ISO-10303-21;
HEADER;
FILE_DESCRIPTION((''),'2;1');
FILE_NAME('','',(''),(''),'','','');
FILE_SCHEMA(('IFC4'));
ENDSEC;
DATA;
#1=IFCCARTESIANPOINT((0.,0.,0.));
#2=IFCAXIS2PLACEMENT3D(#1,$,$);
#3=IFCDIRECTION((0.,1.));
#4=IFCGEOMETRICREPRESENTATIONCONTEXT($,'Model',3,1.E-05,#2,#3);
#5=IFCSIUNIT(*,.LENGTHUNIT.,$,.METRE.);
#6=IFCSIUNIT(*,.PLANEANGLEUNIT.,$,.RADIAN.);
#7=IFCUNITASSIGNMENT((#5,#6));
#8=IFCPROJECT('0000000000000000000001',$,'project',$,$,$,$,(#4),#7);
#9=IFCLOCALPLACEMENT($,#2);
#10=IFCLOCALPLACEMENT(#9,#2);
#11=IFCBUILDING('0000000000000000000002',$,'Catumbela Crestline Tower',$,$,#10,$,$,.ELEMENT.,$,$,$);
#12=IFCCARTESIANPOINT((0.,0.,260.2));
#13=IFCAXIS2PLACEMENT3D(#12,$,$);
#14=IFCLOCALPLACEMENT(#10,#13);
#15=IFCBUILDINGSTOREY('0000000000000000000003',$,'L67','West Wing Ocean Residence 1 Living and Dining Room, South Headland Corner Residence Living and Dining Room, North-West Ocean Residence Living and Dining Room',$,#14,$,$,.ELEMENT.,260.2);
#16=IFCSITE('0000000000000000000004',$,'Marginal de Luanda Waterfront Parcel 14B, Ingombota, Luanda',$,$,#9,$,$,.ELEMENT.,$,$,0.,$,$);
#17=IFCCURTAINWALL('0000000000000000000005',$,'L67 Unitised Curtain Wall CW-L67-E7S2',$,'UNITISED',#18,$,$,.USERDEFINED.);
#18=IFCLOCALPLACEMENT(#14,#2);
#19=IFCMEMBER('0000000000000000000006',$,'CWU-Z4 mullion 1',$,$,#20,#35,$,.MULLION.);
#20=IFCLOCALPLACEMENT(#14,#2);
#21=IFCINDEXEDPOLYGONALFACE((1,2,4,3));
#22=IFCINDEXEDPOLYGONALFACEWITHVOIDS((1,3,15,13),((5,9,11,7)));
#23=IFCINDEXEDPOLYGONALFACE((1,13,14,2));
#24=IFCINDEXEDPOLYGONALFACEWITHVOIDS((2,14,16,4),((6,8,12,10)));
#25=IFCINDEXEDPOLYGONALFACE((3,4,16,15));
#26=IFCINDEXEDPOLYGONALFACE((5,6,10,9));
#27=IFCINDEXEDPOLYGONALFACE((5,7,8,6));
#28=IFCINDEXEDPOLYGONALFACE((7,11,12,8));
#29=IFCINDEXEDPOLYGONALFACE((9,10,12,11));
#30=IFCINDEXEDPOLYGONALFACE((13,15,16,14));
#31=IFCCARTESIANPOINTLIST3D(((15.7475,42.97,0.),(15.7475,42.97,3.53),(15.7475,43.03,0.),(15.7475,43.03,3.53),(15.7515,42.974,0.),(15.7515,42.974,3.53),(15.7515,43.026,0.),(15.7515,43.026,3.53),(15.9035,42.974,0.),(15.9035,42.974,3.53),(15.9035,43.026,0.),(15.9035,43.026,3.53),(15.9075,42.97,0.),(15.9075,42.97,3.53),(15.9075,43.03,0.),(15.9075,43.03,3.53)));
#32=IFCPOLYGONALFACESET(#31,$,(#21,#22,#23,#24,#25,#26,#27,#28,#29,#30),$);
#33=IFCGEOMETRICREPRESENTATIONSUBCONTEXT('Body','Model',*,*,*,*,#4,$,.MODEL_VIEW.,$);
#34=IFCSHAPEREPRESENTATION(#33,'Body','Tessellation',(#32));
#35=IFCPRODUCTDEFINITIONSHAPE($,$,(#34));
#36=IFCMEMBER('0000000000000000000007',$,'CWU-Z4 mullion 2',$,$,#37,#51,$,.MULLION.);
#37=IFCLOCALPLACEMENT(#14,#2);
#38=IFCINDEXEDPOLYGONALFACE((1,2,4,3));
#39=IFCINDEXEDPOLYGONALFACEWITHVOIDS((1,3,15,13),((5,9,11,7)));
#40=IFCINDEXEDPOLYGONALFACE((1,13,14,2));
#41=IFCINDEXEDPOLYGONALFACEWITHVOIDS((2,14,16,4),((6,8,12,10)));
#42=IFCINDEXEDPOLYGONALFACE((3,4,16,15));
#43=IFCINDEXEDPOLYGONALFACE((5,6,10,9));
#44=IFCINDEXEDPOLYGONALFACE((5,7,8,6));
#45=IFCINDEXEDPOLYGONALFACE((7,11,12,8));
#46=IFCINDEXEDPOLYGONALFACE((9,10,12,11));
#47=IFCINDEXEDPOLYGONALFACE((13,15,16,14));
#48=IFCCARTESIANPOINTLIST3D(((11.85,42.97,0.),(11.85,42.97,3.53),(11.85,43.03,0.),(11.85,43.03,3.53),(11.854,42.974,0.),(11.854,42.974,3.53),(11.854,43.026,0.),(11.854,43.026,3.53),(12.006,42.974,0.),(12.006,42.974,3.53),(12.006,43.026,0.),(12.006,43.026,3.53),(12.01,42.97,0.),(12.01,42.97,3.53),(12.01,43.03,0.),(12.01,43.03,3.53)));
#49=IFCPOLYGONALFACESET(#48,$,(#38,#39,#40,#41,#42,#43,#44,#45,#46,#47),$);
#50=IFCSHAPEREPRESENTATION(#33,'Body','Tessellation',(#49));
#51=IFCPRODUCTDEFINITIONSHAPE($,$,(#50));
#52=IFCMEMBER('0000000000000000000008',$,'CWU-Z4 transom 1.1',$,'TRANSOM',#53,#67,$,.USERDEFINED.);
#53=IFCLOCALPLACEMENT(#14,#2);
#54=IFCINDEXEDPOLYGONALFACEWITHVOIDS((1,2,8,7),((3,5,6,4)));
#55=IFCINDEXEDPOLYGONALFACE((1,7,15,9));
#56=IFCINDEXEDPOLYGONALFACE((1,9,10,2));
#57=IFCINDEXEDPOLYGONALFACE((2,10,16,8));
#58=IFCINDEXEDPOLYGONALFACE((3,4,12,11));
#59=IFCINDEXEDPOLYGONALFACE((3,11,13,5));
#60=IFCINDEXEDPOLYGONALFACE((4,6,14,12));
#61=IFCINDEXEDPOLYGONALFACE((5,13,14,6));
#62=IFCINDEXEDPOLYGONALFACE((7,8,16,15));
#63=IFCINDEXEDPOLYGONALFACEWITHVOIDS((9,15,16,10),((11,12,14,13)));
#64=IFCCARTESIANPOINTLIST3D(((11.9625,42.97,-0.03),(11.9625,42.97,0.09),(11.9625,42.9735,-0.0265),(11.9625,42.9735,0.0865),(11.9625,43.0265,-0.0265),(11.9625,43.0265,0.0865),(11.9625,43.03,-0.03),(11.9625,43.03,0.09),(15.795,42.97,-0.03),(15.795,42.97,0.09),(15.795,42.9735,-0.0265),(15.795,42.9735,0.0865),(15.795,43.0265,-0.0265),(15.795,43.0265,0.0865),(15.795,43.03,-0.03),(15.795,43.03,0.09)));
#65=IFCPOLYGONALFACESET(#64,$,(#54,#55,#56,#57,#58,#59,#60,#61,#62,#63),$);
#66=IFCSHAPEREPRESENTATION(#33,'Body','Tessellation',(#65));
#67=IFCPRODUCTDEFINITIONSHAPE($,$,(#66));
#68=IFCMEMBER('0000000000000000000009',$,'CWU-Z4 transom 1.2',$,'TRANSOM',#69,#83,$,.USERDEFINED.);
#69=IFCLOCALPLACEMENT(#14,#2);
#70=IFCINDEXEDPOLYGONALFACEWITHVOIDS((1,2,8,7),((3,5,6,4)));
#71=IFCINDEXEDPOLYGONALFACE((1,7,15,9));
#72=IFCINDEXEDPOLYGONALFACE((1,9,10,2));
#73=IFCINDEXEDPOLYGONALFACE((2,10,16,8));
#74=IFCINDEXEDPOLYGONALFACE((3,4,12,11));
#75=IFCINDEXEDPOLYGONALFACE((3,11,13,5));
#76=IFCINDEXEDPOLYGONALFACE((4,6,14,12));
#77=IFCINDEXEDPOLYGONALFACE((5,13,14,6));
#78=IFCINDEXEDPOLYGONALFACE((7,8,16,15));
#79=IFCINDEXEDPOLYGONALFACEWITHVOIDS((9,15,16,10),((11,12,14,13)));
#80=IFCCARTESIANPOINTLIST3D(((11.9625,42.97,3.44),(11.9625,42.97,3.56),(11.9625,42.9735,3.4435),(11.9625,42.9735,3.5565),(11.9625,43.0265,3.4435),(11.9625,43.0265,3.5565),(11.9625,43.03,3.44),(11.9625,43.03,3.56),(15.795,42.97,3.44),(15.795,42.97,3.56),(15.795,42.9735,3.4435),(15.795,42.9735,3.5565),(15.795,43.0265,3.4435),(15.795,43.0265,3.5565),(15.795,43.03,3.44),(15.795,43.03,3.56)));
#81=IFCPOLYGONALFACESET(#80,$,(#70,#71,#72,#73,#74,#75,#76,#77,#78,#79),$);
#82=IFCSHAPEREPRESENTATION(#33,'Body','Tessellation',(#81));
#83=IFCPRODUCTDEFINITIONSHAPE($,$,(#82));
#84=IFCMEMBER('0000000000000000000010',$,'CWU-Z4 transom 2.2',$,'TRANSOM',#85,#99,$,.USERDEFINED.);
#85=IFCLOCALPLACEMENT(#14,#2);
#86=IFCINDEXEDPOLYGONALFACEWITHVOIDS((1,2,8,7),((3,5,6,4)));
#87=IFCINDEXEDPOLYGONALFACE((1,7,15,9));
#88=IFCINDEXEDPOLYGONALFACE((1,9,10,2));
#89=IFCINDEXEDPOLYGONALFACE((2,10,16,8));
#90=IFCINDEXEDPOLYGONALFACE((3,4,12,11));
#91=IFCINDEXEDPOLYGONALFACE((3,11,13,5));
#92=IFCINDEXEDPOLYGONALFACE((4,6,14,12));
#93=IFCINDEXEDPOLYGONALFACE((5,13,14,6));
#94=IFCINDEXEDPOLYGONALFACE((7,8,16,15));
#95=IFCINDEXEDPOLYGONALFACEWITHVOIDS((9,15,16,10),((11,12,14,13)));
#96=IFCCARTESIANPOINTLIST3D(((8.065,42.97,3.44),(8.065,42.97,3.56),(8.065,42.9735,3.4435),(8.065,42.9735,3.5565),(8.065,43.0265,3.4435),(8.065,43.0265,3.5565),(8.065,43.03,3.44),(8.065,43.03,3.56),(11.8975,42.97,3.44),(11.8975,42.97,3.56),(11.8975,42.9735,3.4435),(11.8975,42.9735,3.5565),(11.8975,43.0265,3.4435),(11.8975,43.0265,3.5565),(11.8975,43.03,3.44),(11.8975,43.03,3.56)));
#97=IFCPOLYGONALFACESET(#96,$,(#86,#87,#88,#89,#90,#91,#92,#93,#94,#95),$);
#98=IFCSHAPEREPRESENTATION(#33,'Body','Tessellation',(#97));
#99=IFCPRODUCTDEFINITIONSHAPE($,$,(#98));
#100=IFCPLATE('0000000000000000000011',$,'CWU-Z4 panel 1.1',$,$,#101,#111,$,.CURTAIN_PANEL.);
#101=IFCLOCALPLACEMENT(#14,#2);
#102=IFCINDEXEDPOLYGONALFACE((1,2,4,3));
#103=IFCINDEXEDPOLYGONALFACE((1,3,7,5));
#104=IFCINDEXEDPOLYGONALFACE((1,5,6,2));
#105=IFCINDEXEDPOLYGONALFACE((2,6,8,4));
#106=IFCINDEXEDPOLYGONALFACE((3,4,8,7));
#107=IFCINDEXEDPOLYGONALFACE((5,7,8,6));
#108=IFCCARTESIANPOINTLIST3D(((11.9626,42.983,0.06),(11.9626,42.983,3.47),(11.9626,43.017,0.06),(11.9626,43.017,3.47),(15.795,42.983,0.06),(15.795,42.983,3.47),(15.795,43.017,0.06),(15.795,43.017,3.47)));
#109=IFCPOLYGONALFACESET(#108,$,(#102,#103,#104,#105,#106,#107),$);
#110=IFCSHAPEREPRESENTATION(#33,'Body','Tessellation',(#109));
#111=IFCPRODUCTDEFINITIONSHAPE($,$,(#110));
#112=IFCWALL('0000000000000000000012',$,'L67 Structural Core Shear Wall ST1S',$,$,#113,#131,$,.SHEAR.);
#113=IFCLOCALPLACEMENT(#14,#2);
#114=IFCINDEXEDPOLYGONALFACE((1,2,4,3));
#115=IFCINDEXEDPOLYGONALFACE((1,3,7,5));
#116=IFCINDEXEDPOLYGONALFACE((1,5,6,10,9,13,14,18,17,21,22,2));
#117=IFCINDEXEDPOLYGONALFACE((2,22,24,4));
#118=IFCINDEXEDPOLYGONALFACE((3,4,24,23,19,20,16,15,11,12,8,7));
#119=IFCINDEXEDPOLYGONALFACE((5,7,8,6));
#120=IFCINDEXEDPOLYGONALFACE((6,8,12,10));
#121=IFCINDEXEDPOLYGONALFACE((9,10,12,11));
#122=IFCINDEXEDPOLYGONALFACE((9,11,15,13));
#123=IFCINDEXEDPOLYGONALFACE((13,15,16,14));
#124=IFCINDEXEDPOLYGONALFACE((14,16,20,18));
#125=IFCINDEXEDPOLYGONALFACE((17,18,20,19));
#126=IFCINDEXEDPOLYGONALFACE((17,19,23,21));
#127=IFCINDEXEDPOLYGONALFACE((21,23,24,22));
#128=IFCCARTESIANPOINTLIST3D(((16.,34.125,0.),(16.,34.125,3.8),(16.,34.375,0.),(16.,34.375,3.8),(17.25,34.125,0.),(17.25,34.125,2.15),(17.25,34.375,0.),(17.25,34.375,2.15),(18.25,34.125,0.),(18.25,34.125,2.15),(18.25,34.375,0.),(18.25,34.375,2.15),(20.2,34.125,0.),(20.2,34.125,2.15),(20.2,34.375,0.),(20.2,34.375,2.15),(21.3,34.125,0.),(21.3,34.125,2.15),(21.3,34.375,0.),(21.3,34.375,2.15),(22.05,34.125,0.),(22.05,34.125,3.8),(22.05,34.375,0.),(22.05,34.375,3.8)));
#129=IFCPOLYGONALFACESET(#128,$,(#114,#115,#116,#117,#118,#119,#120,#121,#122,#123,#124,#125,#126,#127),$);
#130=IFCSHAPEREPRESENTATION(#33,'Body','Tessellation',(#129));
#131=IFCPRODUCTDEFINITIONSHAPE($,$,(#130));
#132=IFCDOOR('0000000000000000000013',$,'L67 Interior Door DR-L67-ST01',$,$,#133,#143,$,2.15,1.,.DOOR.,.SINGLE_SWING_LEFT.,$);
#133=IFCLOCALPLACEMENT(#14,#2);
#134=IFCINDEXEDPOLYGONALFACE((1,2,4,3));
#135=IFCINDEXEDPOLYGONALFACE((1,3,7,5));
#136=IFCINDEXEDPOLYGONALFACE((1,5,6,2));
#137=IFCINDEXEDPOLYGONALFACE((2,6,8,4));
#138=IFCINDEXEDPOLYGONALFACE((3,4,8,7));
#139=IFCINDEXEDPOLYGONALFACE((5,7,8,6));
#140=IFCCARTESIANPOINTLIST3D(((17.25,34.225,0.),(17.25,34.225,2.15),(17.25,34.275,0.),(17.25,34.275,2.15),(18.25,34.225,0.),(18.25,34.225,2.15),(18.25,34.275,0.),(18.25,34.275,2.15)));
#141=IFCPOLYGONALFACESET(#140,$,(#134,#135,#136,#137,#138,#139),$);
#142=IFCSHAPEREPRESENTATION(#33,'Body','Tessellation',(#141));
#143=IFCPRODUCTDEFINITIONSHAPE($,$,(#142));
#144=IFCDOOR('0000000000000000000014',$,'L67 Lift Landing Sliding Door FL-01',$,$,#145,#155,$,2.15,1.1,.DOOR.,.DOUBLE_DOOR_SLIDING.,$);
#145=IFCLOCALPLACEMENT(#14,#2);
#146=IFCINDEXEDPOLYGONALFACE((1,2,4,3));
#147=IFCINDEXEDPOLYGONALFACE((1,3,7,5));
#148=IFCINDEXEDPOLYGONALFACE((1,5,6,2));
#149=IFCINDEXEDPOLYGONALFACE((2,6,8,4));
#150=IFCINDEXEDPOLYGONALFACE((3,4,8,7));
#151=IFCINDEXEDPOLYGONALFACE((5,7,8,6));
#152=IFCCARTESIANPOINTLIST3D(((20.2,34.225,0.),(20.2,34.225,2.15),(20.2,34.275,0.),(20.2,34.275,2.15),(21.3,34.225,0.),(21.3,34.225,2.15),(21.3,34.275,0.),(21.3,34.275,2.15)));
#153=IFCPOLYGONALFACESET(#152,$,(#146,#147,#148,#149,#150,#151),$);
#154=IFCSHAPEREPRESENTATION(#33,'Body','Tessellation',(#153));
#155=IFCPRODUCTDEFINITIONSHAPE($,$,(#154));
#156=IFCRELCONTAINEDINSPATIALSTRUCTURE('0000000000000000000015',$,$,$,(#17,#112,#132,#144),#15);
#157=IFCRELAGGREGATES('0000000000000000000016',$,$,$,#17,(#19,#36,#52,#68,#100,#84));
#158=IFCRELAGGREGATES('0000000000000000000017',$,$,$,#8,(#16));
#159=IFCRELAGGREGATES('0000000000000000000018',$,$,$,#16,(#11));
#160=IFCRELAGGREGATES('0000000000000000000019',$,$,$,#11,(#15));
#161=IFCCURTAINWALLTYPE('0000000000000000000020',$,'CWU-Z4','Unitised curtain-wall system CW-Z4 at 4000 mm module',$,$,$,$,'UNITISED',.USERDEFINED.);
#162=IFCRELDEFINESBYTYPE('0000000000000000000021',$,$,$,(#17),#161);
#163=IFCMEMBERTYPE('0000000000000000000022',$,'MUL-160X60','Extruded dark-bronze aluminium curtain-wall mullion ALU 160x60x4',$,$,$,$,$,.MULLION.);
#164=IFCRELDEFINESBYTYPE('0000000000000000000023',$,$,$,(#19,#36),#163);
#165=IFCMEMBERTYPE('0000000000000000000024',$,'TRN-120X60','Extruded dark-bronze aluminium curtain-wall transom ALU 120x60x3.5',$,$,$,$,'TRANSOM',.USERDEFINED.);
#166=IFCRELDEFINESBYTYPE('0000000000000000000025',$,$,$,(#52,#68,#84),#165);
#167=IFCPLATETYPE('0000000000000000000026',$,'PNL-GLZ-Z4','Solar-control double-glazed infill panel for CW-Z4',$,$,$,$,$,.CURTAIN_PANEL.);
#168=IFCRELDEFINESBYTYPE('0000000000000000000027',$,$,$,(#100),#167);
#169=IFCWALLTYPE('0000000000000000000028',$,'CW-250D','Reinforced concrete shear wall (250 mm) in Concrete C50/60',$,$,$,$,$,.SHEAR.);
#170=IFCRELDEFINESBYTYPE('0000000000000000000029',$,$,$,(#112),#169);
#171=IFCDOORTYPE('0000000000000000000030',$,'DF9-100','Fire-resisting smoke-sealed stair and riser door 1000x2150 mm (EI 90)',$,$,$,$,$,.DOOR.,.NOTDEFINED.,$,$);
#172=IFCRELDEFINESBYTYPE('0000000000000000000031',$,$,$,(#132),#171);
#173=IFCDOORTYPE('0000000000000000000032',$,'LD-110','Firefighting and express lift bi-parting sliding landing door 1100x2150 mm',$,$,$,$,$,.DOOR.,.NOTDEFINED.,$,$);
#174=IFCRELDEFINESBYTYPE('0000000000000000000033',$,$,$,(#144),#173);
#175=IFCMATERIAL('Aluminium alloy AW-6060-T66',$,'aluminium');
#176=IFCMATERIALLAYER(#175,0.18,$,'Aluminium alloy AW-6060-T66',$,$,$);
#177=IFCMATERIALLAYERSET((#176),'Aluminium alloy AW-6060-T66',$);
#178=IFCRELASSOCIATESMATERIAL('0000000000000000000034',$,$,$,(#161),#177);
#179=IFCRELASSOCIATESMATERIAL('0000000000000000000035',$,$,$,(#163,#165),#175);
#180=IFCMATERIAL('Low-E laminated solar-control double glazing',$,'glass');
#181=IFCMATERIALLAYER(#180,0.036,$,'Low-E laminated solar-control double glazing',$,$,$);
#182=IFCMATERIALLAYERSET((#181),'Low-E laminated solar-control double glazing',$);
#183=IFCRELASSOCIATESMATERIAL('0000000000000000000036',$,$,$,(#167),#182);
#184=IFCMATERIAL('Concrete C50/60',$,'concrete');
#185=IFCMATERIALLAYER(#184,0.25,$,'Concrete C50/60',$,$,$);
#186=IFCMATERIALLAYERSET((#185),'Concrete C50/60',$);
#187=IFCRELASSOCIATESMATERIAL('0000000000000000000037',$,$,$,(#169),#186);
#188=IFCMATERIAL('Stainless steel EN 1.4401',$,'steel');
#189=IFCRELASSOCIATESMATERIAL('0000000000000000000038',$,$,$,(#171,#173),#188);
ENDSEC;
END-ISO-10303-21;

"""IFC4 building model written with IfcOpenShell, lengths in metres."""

from ifc_helpers import new_model, si_unit, direction, frame, frame_2d, origin, origin_2d, place, context, subcontext, project, spatial, rectangle, hollow_rectangle, extrude, material, layer, layer_set, material_profile, profile_set, type_object, element, fill, aggregate, save


model = new_model("IFC4")

# Units and contexts
model_context = context("Model", 3, precision=1e-05, world=origin(), true_north=direction((0.0, 1.0)))
body_context = subcontext(model_context, "Body", "Model", "MODEL_VIEW")
ifc_project = project(units=[si_unit("LENGTHUNIT", "METRE"), si_unit("PLANEANGLEUNIT", "RADIAN")], contexts=[model_context])

# Site, building, storey
site_placement = place(None, origin())
site = spatial("IfcSite", under=ifc_project, at=site_placement, Name="Marginal de Luanda Waterfront Parcel 14B, Ingombota, Luanda", CompositionType="ELEMENT", RefElevation=0.0)
building_placement = place(site_placement, origin())
building = spatial("IfcBuilding", under=site, at=building_placement, Name="Catumbela Crestline Tower", CompositionType="ELEMENT")
storey_placement = place(building_placement, frame((0.0, 0.0, 260.2)))
storey = spatial("IfcBuildingStorey", under=building, at=storey_placement, Name="L67", Description="West Wing Ocean Residence 1 Living and Dining Room, South Headland Corner Residence Living and Dining Room, North-West Ocean Residence Living and Dining Room", CompositionType="ELEMENT", Elevation=260.2)

# Curtain wall, members, plate
ifc_material_1 = material(Name="Aluminium alloy AW-6060-T66", Category="aluminium")
ifc_layer_1 = layer(ifc_material_1, 0.18, Name="Aluminium alloy AW-6060-T66")
ifc_layer_set_1 = layer_set([ifc_layer_1], Name="Aluminium alloy AW-6060-T66")
curtain_wall_type = type_object("IfcCurtainWallType", Name="CWU-Z4", Description="Unitised curtain-wall system CW-Z4 at 4000 mm module", ElementType="UNITISED", PredefinedType="USERDEFINED", material=ifc_layer_set_1)
curtain_wall_placement = place(storey_placement, origin())
curtain_wall = element("IfcCurtainWall", 1, at=curtain_wall_placement, inside=storey, type_object=curtain_wall_type, Name="L67 Unitised Curtain Wall CW-L67-E7S2", ObjectType="UNITISED", PredefinedType="USERDEFINED")
ifc_material_profile_1 = material_profile(ifc_material_1, hollow_rectangle(XDim=0.06, YDim=0.16, WallThickness=0.004, at=origin_2d()), Name="ALU 160x60x4")
ifc_profile_set_1 = profile_set([ifc_material_profile_1], Name="Aluminium alloy AW-6060-T66")
member_type_1 = type_object("IfcMemberType", Name="MUL-160X60", Description="Extruded dark-bronze aluminium curtain-wall mullion ALU 160x60x4", PredefinedType="MULLION", material=ifc_profile_set_1)
member_1_placement = place(storey_placement, frame((15.8275, 43.0, 0.0), z_axis=(0.0, 0.0, 1.0), x_axis=(0.0, -1.0, 0.0)))
member_1 = element("IfcMember", 2, at=member_1_placement, type_object=member_type_1, Name="CWU-Z4 mullion 1", PredefinedType="MULLION", context=body_context, shape_type="SweptSolid", body=[
    extrude(hollow_rectangle(XDim=0.06, YDim=0.16, WallThickness=0.004, at=origin_2d()), origin(), (0.0, 0.0, 1.0), 3.53),
])
member_2_placement = place(storey_placement, frame((11.93, 43.0, 0.0), z_axis=(0.0, 0.0, 1.0), x_axis=(0.0, -1.0, 0.0)))
member_2 = element("IfcMember", 3, at=member_2_placement, type_object=member_type_1, Name="CWU-Z4 mullion 2", PredefinedType="MULLION", context=body_context, shape_type="SweptSolid", body=[
    extrude(hollow_rectangle(XDim=0.06, YDim=0.16, WallThickness=0.004, at=origin_2d()), origin(), (0.0, 0.0, 1.0), 3.53),
])
ifc_material_profile_2 = material_profile(ifc_material_1, hollow_rectangle(XDim=0.06, YDim=0.12, WallThickness=0.0035, at=origin_2d()), Name="ALU 120x60x3.5")
ifc_profile_set_2 = profile_set([ifc_material_profile_2], Name="Aluminium alloy AW-6060-T66")
member_type_2 = type_object("IfcMemberType", Name="TRN-120X60", Description="Extruded dark-bronze aluminium curtain-wall transom ALU 120x60x3.5", ElementType="TRANSOM", PredefinedType="USERDEFINED", material=ifc_profile_set_2)
member_3_placement = place(storey_placement, frame((15.795, 43.0, 0.03), z_axis=(-1.0, 0.0, 0.0), x_axis=(0.0, -1.0, 0.0)))
member_3 = element("IfcMember", 4, at=member_3_placement, type_object=member_type_2, Name="CWU-Z4 transom 1.1", ObjectType="TRANSOM", PredefinedType="USERDEFINED", context=body_context, shape_type="SweptSolid", body=[
    extrude(hollow_rectangle(XDim=0.06, YDim=0.12, WallThickness=0.0035, at=origin_2d()), origin(), (0.0, 0.0, 1.0), 3.8325),
])
member_4_placement = place(storey_placement, frame((15.795, 43.0, 3.5), z_axis=(-1.0, 0.0, 0.0), x_axis=(0.0, -1.0, 0.0)))
member_4 = element("IfcMember", 5, at=member_4_placement, type_object=member_type_2, Name="CWU-Z4 transom 1.2", ObjectType="TRANSOM", PredefinedType="USERDEFINED", context=body_context, shape_type="SweptSolid", body=[
    extrude(hollow_rectangle(XDim=0.06, YDim=0.12, WallThickness=0.0035, at=origin_2d()), origin(), (0.0, 0.0, 1.0), 3.8325),
])
member_5_placement = place(storey_placement, frame((11.8975, 43.0, 3.5), z_axis=(-1.0, 0.0, 0.0), x_axis=(0.0, -1.0, 0.0)))
member_5 = element("IfcMember", 6, at=member_5_placement, type_object=member_type_2, Name="CWU-Z4 transom 2.2", ObjectType="TRANSOM", PredefinedType="USERDEFINED", context=body_context, shape_type="SweptSolid", body=[
    extrude(hollow_rectangle(XDim=0.06, YDim=0.12, WallThickness=0.0035, at=origin_2d()), origin(), (0.0, 0.0, 1.0), 3.8325),
])
ifc_material_2 = material(Name="Low-E laminated solar-control double glazing", Category="glass")
ifc_layer_2 = layer(ifc_material_2, 0.036, Name="Low-E laminated solar-control double glazing")
ifc_layer_set_2 = layer_set([ifc_layer_2], Name="Low-E laminated solar-control double glazing")
plate_type = type_object("IfcPlateType", Name="PNL-GLZ-Z4", Description="Solar-control double-glazed infill panel for CW-Z4", PredefinedType="CURTAIN_PANEL", material=ifc_layer_set_2)
plate_placement = place(storey_placement, frame((13.8788, 43.0, 0.06), z_axis=(0.0, 0.0, 1.0), x_axis=(-1.0, 0.0, 0.0)))
plate = element("IfcPlate", 7, at=plate_placement, type_object=plate_type, Name="CWU-Z4 panel 1.1", PredefinedType="CURTAIN_PANEL", context=body_context, shape_type="SweptSolid", body=[
    extrude(rectangle(XDim=3.8325, YDim=0.034, at=origin_2d()), origin(), (0.0, 0.0, 1.0), 3.41),
])
aggregate(curtain_wall, [member_1, member_2, member_3, member_4, plate, member_5])

# Wall, openings, doors
ifc_material_3 = material(Name="Concrete C50/60", Category="concrete")
ifc_layer_3 = layer(ifc_material_3, 0.25, Name="Concrete C50/60")
ifc_layer_set_3 = layer_set([ifc_layer_3], Name="Concrete C50/60")
wall_type_1 = type_object("IfcWallType", Name="CW-250D", Description="Reinforced concrete shear wall (250 mm) in Concrete C50/60", PredefinedType="SHEAR", material=ifc_layer_set_3)
wall_1_placement = place(storey_placement, frame((16.0, 34.25, 0.0), z_axis=(0.0, 0.0, 1.0), x_axis=(1.0, 0.0, 0.0)))
wall_1 = element("IfcWall", 8, at=wall_1_placement, inside=storey, type_object=wall_type_1, Name="L67 Structural Core Shear Wall ST1S", PredefinedType="SHEAR", context=body_context, shape_type="SweptSolid", body=[
    extrude(rectangle(XDim=6.05, YDim=0.25, at=frame_2d((3.025, 0.0))), origin(), (0.0, 0.0, 1.0), 3.8),
])
opening_1_placement = place(wall_1_placement, frame((1.25, 0.0, 0.0)))
opening_1 = element("IfcOpeningElement", 9, at=opening_1_placement, cuts=wall_1, PredefinedType="OPENING", context=body_context, shape_type="SweptSolid", body=[
    extrude(rectangle(XDim=1.0, YDim=2.15, at=frame_2d((0.5, 1.075))), frame((0.0, 0.135, 0.0), z_axis=(0.0, -1.0, 0.0), x_axis=(1.0, 0.0, 0.0)), (0.0, 0.0, 1.0), 0.27),
])
opening_2_placement = place(wall_1_placement, frame((4.2, 0.0, 0.0)))
opening_2 = element("IfcOpeningElement", 10, at=opening_2_placement, cuts=wall_1, PredefinedType="OPENING", context=body_context, shape_type="SweptSolid", body=[
    extrude(rectangle(XDim=1.1, YDim=2.15, at=frame_2d((0.55, 1.075))), frame((0.0, 0.135, 0.0), z_axis=(0.0, -1.0, 0.0), x_axis=(1.0, 0.0, 0.0)), (0.0, 0.0, 1.0), 0.27),
])
ifc_material_4 = material(Name="Stainless steel EN 1.4401", Category="steel")
door_type_1 = type_object("IfcDoorType", Name="DF9-100", Description="Fire-resisting smoke-sealed stair and riser door 1000x2150 mm (EI 90)", OperationType="NOTDEFINED", PredefinedType="DOOR", material=ifc_material_4)
door_1_placement = place(opening_1_placement, origin())
door_1 = element("IfcDoor", 11, at=door_1_placement, inside=storey, type_object=door_type_1, Name="L67 Interior Door DR-L67-ST01", OperationType="SINGLE_SWING_LEFT", OverallHeight=2.15, OverallWidth=1.0, PredefinedType="DOOR", context=body_context, shape_type="SweptSolid", body=[
    extrude(rectangle(XDim=1.0, YDim=2.15, at=frame_2d((0.5, 1.075))), frame((0.0, 0.025, 0.0), z_axis=(0.0, -1.0, 0.0), x_axis=(1.0, 0.0, 0.0)), (0.0, 0.0, 1.0), 0.05),
])
fill(opening_1, door_1)
door_type_2 = type_object("IfcDoorType", Name="LD-110", Description="Firefighting and express lift bi-parting sliding landing door 1100x2150 mm", OperationType="NOTDEFINED", PredefinedType="DOOR", material=ifc_material_4)
door_2_placement = place(opening_2_placement, origin())
door_2 = element("IfcDoor", 12, at=door_2_placement, inside=storey, type_object=door_type_2, Name="L67 Lift Landing Sliding Door FL-01", OperationType="DOUBLE_DOOR_SLIDING", OverallHeight=2.15, OverallWidth=1.1, PredefinedType="DOOR", context=body_context, shape_type="SweptSolid", body=[
    extrude(rectangle(XDim=1.1, YDim=2.15, at=frame_2d((0.55, 1.075))), frame((0.0, 0.025, 0.0), z_axis=(0.0, -1.0, 0.0), x_axis=(1.0, 0.0, 0.0)), (0.0, 0.0, 1.0), 0.05),
])
fill(opening_2, door_2)

save(model, "model.ifc")
